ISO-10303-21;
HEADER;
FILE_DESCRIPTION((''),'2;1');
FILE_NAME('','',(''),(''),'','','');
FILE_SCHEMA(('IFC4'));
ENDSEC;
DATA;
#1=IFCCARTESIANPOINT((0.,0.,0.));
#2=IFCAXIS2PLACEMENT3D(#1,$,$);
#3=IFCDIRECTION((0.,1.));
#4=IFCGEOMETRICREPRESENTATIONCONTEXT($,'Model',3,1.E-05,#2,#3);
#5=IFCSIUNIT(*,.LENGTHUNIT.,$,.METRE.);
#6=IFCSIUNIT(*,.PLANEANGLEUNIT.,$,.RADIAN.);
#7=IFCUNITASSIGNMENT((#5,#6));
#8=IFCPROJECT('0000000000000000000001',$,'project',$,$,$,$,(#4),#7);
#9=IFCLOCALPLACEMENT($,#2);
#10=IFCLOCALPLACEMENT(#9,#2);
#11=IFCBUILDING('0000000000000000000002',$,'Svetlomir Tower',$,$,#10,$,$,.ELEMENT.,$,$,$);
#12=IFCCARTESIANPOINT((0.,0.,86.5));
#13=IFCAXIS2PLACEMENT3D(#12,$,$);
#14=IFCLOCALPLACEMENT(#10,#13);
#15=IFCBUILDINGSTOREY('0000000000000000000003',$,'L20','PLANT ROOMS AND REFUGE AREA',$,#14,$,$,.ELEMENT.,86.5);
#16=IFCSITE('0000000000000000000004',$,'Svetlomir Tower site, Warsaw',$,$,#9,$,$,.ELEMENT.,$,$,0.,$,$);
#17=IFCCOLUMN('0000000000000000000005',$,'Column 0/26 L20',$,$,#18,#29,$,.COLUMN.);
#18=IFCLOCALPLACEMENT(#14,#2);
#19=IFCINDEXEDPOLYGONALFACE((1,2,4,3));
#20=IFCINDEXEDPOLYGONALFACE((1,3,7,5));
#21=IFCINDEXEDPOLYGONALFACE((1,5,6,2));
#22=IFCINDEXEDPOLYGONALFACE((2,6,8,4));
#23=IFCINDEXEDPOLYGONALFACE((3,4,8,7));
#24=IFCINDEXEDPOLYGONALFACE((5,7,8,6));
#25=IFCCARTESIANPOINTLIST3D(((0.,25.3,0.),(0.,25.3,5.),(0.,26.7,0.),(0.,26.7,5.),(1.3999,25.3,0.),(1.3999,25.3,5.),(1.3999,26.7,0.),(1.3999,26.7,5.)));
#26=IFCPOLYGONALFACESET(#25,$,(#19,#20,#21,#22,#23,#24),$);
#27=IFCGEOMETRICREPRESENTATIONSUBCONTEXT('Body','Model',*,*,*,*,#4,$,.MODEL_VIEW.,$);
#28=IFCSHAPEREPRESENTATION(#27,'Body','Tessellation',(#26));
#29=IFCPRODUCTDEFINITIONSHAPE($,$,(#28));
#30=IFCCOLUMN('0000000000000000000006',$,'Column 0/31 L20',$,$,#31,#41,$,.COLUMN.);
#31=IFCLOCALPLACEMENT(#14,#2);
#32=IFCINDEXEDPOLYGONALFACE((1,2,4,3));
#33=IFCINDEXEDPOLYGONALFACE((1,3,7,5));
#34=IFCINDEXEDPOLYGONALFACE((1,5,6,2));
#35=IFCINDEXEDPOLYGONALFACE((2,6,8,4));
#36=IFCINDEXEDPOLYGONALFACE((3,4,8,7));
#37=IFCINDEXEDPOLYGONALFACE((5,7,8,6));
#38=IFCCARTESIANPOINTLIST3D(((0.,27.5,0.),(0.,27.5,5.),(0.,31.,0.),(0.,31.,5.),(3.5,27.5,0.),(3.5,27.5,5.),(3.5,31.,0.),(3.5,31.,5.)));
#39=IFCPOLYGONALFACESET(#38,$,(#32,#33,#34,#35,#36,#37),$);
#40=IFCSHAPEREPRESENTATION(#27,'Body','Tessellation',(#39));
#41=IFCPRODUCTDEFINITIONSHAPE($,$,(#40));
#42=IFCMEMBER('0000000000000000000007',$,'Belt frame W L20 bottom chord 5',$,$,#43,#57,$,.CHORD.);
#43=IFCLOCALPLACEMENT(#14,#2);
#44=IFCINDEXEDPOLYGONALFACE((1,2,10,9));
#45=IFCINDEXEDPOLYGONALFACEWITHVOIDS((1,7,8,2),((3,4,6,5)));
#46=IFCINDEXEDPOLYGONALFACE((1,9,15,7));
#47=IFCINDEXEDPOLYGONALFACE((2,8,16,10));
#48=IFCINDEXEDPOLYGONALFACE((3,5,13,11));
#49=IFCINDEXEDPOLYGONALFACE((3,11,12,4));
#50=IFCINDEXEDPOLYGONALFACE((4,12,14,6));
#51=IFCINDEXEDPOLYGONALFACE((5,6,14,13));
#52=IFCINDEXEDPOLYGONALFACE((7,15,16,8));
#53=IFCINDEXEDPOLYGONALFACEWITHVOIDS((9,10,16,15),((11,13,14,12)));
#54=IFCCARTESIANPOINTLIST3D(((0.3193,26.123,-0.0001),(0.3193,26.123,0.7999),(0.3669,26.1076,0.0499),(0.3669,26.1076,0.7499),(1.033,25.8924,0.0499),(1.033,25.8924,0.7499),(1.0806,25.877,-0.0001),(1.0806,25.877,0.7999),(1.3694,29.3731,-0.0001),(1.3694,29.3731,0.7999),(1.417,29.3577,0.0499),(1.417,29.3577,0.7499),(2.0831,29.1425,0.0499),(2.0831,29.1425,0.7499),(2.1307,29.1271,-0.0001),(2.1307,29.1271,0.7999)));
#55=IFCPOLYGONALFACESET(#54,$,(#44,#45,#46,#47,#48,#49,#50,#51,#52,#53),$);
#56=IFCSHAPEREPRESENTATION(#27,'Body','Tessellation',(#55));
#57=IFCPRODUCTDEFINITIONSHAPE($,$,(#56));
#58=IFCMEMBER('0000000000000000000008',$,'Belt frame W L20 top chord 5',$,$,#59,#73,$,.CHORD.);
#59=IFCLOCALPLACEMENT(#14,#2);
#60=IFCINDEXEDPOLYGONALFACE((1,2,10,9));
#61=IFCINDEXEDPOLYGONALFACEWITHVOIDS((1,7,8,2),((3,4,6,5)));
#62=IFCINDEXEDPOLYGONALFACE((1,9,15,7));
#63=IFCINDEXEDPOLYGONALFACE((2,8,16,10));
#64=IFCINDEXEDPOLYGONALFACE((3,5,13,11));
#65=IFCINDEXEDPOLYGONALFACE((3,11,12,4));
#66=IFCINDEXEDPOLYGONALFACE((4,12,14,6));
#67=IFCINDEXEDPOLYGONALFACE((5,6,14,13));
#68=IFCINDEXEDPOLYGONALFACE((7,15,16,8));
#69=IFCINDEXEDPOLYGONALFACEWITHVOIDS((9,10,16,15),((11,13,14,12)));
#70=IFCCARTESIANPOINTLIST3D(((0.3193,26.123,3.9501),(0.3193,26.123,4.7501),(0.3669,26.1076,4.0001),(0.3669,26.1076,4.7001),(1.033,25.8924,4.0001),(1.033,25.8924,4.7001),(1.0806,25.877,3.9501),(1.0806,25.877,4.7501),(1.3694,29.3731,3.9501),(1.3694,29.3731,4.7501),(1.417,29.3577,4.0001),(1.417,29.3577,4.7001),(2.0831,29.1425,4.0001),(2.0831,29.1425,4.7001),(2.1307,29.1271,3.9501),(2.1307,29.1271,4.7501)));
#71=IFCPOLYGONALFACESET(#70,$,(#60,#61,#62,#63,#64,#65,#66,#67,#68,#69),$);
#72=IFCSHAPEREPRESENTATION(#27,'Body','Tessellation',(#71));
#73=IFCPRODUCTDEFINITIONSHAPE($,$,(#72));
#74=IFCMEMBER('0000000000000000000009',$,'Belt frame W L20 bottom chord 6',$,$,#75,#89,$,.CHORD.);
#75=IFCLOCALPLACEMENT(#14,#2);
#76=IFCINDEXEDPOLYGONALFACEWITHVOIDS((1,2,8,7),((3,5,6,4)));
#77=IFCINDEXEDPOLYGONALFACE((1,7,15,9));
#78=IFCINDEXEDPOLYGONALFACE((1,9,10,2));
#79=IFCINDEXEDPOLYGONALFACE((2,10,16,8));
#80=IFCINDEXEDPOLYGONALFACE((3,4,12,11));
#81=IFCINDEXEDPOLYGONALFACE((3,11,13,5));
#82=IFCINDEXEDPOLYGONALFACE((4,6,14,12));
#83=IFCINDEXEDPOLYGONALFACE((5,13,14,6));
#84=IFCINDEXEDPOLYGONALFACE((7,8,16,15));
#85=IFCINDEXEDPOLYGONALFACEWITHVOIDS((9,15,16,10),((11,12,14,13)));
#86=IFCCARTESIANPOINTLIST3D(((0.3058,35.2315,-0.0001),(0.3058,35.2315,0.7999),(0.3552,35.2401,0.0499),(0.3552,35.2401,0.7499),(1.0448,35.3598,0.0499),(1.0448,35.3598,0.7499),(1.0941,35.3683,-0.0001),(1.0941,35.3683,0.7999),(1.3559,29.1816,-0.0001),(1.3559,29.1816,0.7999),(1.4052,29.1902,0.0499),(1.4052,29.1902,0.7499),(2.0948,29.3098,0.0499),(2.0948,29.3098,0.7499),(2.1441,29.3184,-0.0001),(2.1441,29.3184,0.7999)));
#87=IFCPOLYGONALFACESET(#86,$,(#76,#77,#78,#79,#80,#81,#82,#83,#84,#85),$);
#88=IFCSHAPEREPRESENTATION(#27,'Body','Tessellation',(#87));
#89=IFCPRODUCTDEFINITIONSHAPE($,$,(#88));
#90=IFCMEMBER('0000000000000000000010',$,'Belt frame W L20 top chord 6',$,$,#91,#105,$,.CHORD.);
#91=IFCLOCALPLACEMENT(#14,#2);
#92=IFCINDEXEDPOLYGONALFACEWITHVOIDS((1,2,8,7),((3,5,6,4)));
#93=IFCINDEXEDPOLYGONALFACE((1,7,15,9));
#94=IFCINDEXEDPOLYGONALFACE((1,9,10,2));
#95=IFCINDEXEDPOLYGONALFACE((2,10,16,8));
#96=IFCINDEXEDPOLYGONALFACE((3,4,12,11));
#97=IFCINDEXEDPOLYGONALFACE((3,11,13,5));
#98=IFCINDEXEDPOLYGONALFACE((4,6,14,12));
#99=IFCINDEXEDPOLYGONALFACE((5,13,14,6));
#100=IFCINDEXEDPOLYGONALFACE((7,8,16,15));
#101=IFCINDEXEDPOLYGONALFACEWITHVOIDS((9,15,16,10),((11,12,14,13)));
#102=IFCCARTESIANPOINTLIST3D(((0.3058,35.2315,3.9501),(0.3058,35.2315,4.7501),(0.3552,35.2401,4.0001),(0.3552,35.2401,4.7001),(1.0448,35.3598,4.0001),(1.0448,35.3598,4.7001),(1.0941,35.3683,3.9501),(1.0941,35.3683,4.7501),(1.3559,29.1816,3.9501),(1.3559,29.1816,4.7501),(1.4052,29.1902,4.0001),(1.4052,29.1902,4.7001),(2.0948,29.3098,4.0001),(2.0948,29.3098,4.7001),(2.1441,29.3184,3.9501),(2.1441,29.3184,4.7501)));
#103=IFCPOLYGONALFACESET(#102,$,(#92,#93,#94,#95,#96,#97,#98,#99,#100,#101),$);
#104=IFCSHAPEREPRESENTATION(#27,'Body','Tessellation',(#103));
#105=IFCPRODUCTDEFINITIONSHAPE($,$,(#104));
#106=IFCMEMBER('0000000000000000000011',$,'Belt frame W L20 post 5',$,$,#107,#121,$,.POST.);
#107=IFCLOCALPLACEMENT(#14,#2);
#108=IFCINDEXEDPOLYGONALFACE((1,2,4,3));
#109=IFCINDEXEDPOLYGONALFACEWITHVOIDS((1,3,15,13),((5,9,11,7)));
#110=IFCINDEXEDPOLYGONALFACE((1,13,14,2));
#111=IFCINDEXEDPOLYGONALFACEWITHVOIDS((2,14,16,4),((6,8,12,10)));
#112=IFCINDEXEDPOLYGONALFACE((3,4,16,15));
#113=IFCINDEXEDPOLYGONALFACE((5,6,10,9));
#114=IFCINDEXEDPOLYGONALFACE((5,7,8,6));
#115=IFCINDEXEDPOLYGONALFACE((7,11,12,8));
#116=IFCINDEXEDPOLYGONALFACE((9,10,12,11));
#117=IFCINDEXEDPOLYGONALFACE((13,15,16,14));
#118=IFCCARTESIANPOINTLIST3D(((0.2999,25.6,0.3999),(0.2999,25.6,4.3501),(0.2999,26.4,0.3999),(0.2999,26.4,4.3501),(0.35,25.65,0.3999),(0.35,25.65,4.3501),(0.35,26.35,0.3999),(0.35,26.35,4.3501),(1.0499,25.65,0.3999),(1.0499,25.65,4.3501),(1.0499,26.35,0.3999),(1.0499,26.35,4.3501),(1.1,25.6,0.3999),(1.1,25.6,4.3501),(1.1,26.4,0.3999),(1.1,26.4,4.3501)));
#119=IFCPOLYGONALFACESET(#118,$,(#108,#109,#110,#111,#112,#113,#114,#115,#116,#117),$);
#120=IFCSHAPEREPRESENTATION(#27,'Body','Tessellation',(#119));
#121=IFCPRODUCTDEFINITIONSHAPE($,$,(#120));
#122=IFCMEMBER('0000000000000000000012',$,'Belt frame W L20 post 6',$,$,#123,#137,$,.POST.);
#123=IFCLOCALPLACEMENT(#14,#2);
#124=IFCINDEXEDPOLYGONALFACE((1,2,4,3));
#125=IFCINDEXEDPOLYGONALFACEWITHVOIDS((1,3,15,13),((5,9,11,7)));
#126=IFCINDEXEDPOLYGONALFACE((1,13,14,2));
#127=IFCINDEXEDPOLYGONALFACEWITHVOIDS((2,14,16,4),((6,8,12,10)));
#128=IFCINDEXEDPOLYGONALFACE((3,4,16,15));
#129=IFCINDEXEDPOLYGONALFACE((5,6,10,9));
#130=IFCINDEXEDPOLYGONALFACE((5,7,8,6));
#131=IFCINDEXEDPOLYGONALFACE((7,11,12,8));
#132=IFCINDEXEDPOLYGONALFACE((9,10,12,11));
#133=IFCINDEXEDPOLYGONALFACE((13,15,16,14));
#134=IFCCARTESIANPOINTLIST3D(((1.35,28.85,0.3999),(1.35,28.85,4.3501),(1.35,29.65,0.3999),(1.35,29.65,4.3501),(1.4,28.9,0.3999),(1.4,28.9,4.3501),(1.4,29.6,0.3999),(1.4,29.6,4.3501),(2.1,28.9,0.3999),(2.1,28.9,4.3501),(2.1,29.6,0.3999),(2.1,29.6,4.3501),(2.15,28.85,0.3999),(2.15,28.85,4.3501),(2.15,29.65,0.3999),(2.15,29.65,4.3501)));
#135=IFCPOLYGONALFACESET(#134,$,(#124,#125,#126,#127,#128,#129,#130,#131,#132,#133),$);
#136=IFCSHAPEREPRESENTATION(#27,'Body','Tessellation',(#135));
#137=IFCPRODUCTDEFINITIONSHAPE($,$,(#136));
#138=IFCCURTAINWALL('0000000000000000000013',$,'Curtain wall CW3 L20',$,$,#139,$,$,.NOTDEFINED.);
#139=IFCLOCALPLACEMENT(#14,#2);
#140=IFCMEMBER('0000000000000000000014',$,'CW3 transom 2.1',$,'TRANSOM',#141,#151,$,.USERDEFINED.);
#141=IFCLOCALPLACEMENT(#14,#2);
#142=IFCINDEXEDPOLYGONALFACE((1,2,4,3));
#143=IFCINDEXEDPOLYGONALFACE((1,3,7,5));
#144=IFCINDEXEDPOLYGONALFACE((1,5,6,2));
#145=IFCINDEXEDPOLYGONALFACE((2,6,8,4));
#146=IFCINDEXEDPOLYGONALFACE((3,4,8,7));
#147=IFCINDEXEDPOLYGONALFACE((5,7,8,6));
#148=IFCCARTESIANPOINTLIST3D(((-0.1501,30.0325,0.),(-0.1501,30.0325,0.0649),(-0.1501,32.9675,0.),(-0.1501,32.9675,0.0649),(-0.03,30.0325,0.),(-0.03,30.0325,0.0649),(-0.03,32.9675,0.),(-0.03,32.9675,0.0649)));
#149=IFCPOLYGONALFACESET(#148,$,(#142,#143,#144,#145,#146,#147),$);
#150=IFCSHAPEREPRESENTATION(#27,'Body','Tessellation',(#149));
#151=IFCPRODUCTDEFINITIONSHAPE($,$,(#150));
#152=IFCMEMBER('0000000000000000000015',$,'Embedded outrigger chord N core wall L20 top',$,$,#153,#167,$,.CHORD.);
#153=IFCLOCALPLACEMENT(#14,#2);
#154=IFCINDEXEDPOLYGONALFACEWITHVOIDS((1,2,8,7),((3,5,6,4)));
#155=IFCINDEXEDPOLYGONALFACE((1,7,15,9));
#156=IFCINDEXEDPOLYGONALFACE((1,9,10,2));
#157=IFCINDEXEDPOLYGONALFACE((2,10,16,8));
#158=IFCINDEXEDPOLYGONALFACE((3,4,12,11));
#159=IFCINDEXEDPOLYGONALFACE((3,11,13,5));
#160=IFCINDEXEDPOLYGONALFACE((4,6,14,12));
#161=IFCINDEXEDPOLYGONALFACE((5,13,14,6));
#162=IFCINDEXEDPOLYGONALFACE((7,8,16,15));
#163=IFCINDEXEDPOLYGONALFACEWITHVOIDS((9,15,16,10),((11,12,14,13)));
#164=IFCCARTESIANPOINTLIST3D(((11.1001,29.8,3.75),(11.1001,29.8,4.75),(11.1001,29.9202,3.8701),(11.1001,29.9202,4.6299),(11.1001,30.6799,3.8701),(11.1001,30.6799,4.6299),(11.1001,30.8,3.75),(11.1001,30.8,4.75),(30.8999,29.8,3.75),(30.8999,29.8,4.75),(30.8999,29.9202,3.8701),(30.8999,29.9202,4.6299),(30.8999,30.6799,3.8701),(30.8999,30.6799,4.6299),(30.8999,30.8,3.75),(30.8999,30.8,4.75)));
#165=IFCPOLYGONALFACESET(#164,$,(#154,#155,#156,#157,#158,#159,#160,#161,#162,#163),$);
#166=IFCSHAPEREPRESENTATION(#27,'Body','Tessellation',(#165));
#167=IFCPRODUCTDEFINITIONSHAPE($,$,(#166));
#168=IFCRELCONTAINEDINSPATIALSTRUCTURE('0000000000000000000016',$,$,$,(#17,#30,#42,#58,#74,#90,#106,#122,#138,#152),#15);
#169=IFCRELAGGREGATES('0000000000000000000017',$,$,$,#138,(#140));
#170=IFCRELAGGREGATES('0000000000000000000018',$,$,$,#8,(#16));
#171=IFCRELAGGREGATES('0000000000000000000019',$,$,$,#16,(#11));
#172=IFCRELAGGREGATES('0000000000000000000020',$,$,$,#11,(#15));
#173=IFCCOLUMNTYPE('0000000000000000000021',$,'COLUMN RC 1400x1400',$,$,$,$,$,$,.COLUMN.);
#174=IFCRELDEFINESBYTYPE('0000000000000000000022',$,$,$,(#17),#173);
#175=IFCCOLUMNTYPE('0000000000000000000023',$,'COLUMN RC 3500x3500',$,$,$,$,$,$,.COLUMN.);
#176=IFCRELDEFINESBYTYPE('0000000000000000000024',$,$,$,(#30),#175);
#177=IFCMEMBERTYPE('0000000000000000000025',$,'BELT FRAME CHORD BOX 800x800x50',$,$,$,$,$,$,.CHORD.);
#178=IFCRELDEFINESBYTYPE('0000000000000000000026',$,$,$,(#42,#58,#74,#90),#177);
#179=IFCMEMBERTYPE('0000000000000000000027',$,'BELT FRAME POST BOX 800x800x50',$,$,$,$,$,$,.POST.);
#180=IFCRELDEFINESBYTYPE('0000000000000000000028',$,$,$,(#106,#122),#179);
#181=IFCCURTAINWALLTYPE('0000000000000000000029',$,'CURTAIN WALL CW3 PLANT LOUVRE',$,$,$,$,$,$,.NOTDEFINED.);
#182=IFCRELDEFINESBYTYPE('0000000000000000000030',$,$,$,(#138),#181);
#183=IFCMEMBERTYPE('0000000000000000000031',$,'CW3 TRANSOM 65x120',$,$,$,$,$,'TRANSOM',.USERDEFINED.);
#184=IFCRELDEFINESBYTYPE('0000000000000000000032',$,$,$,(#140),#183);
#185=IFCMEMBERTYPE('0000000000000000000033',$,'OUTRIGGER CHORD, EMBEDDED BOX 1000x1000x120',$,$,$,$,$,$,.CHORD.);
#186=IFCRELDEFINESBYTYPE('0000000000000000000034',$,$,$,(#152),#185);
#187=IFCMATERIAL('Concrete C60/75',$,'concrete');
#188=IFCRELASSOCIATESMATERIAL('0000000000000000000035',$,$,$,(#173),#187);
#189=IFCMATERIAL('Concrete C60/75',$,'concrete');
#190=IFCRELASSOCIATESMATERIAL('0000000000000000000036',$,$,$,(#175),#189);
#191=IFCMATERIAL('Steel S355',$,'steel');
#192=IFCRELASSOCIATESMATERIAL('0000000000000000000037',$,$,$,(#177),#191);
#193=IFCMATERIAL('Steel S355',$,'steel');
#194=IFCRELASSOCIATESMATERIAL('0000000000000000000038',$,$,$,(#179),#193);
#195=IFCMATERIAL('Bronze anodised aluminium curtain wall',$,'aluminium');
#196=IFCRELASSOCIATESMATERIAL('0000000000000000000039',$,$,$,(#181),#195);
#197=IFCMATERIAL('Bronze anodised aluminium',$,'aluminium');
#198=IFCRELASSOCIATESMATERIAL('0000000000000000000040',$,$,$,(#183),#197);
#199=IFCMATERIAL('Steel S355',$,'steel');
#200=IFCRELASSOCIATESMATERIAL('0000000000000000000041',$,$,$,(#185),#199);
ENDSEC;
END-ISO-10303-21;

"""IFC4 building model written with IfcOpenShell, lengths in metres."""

from ifc_helpers import new_model, si_unit, direction, frame, origin, origin_2d, place, context, subcontext, project, spatial, rectangle, hollow_rectangle, extrude, material, material_profile, profile_set, type_object, element, aggregate, save


model = new_model("IFC4")

# Units and contexts
model_context = context("Model", 3, precision=1e-05, world=origin(), true_north=direction((0.0, 1.0)))
body_context = subcontext(model_context, "Body", "Model", "MODEL_VIEW")
ifc_project = project(units=[si_unit("LENGTHUNIT", "METRE"), si_unit("PLANEANGLEUNIT", "RADIAN")], contexts=[model_context])

# Site, building, storey
site_placement = place(None, origin())
site = spatial("IfcSite", under=ifc_project, at=site_placement, Name="Svetlomir Tower site, Warsaw", CompositionType="ELEMENT", RefElevation=0.0)
building_placement = place(site_placement, origin())
building = spatial("IfcBuilding", under=site, at=building_placement, Name="Svetlomir Tower", CompositionType="ELEMENT")
storey_placement = place(building_placement, frame((0.0, 0.0, 86.5)))
storey = spatial("IfcBuildingStorey", under=building, at=storey_placement, Name="L20", Description="PLANT ROOMS AND REFUGE AREA", CompositionType="ELEMENT", Elevation=86.5)

# Columns
ifc_material_1 = material(Name="Concrete C60/75", Category="concrete")
ifc_material_profile_1 = material_profile(ifc_material_1, rectangle(XDim=1.3999, YDim=1.3999, at=origin_2d()), Name="RC 1400x1400")
ifc_profile_set_1 = profile_set([ifc_material_profile_1], Name="Concrete C60/75")
column_type_1 = type_object("IfcColumnType", Name="COLUMN RC 1400x1400", PredefinedType="COLUMN", material=ifc_profile_set_1)
column_1_placement = place(storey_placement, frame((0.7, 26.0, 0.0), z_axis=(0.0, 0.0, 1.0), x_axis=(1.0, 0.0, 0.0)))
element("IfcColumn", 1, at=column_1_placement, inside=storey, type_object=column_type_1, Name="Column 0/26 L20", PredefinedType="COLUMN", context=body_context, shape_type="SweptSolid", body=[
    extrude(rectangle(XDim=1.3999, YDim=1.3999, at=origin_2d()), origin(), (0.0, 0.0, 1.0), 5.0),
])
ifc_material_2 = material(Name="Concrete C60/75", Category="concrete")
ifc_material_profile_2 = material_profile(ifc_material_2, rectangle(XDim=3.5, YDim=3.5, at=origin_2d()), Name="RC 3500x3500")
ifc_profile_set_2 = profile_set([ifc_material_profile_2], Name="Concrete C60/75")
column_type_2 = type_object("IfcColumnType", Name="COLUMN RC 3500x3500", PredefinedType="COLUMN", material=ifc_profile_set_2)
column_2_placement = place(storey_placement, frame((1.75, 29.25, 0.0), z_axis=(0.0, 0.0, 1.0), x_axis=(1.0, 0.0, 0.0)))
element("IfcColumn", 2, at=column_2_placement, inside=storey, type_object=column_type_2, Name="Column 0/31 L20", PredefinedType="COLUMN", context=body_context, shape_type="SweptSolid", body=[
    extrude(rectangle(XDim=3.5, YDim=3.5, at=origin_2d()), origin(), (0.0, 0.0, 1.0), 5.0),
])

# Members
ifc_material_3 = material(Name="Steel S355", Category="steel")
ifc_material_profile_3 = material_profile(ifc_material_3, hollow_rectangle(XDim=0.8, YDim=0.8, WallThickness=0.05, at=origin_2d()), Name="BOX 800x800x50")
ifc_profile_set_3 = profile_set([ifc_material_profile_3], Name="Steel S355")
member_type_1 = type_object("IfcMemberType", Name="BELT FRAME CHORD BOX 800x800x50", PredefinedType="CHORD", material=ifc_profile_set_3)
for number, where, z_axis, x_axis, name in (
    (3, (0.7, 26.0, 0.3999), (0.307443, 0.951566, 0.0), (-0.951566, 0.307443, 0.0), "Belt frame W L20 bottom chord 5"),
    (4, (0.7, 26.0, 4.3501), (0.307443, 0.951566, 0.0), (-0.951566, 0.307443, 0.0), "Belt frame W L20 top chord 5"),
):
    element("IfcMember", number, at=place(storey_placement, frame(where, z_axis=z_axis, x_axis=x_axis)), inside=storey, type_object=member_type_1, Name=name, PredefinedType="CHORD", context=body_context, shape_type="SweptSolid", body=[
        extrude(hollow_rectangle(XDim=0.8, YDim=0.8, WallThickness=0.05, at=origin_2d()), origin(), (0.0, 0.0, 1.0), 3.4155),
    ])
for number, where, z_axis, x_axis, name in (
    (5, (1.75, 29.25, 0.3999), (-0.171004, 0.98527, 0.0), (-0.98527, -0.171004, 0.0), "Belt frame W L20 bottom chord 6"),
    (6, (1.75, 29.25, 4.3501), (-0.171004, 0.98527, 0.0), (-0.98527, -0.171004, 0.0), "Belt frame W L20 top chord 6"),
):
    element("IfcMember", number, at=place(storey_placement, frame(where, z_axis=z_axis, x_axis=x_axis)), inside=storey, type_object=member_type_1, Name=name, PredefinedType="CHORD", context=body_context, shape_type="SweptSolid", body=[
        extrude(hollow_rectangle(XDim=0.8, YDim=0.8, WallThickness=0.05, at=origin_2d()), origin(), (0.0, 0.0, 1.0), 6.1404),
    ])
ifc_material_4 = material(Name="Steel S355", Category="steel")
ifc_material_profile_4 = material_profile(ifc_material_4, hollow_rectangle(XDim=0.8, YDim=0.8, WallThickness=0.05, at=origin_2d()), Name="BOX 800x800x50")
ifc_profile_set_4 = profile_set([ifc_material_profile_4], Name="Steel S355")
member_type_2 = type_object("IfcMemberType", Name="BELT FRAME POST BOX 800x800x50", PredefinedType="POST", material=ifc_profile_set_4)
for number, where, z_axis, x_axis, name in (
    (7, (0.7, 26.0, 0.3999), (0.0, 0.0, 1.0), (1.0, 0.0, 0.0), "Belt frame W L20 post 5"),
    (8, (1.75, 29.25, 0.3999), (0.0, 0.0, 1.0), (1.0, 0.0, 0.0), "Belt frame W L20 post 6"),
):
    element("IfcMember", number, at=place(storey_placement, frame(where, z_axis=z_axis, x_axis=x_axis)), inside=storey, type_object=member_type_2, Name=name, PredefinedType="POST", context=body_context, shape_type="SweptSolid", body=[
        extrude(hollow_rectangle(XDim=0.8, YDim=0.8, WallThickness=0.05, at=origin_2d()), origin(), (0.0, 0.0, 1.0), 3.9502),
    ])

# Curtain wall, member
ifc_material_5 = material(Name="Bronze anodised aluminium curtain wall", Category="aluminium")
curtain_wall_type = type_object("IfcCurtainWallType", Name="CURTAIN WALL CW3 PLANT LOUVRE", PredefinedType="NOTDEFINED", material=ifc_material_5)
curtain_wall_placement = place(storey_placement, origin())
curtain_wall = element("IfcCurtainWall", 9, at=curtain_wall_placement, inside=storey, type_object=curtain_wall_type, Name="Curtain wall CW3 L20", PredefinedType="NOTDEFINED")
ifc_material_6 = material(Name="Bronze anodised aluminium", Category="aluminium")
ifc_material_profile_5 = material_profile(ifc_material_6, rectangle(XDim=0.1201, YDim=0.0649, at=origin_2d()), Name="AL 120x65")
ifc_profile_set_5 = profile_set([ifc_material_profile_5], Name="Bronze anodised aluminium 6063-T6")
member_type_3 = type_object("IfcMemberType", Name="CW3 TRANSOM 65x120", ElementType="TRANSOM", PredefinedType="USERDEFINED", material=ifc_profile_set_5)
member_1_placement = place(storey_placement, frame((-0.0901, 32.9675, 0.0325), z_axis=(0.0, -1.0, 0.0), x_axis=(1.0, 0.0, 0.0)))
member_1 = element("IfcMember", 10, at=member_1_placement, type_object=member_type_3, Name="CW3 transom 2.1", ObjectType="TRANSOM", PredefinedType="USERDEFINED", context=body_context, shape_type="SweptSolid", body=[
    extrude(rectangle(XDim=0.1201, YDim=0.0649, at=origin_2d()), origin(), (0.0, 0.0, 1.0), 2.9351),
])
aggregate(curtain_wall, [member_1])

# Member
ifc_material_7 = material(Name="Steel S355", Category="steel")
ifc_material_profile_6 = material_profile(ifc_material_7, hollow_rectangle(XDim=1.0, YDim=1.0, WallThickness=0.1201, at=origin_2d()), Name="BOX 1000x1000x120")
ifc_profile_set_6 = profile_set([ifc_material_profile_6], Name="Steel S355")
member_type_4 = type_object("IfcMemberType", Name="OUTRIGGER CHORD, EMBEDDED BOX 1000x1000x120", PredefinedType="CHORD", material=ifc_profile_set_6)
member_2_placement = place(storey_placement, frame((11.1001, 30.3, 4.25), z_axis=(1.0, 0.0, 0.0), x_axis=(0.0, 1.0, 0.0)))
element("IfcMember", 11, at=member_2_placement, inside=storey, type_object=member_type_4, Name="Embedded outrigger chord N core wall L20 top", PredefinedType="CHORD", context=body_context, shape_type="SweptSolid", body=[
    extrude(hollow_rectangle(XDim=1.0, YDim=1.0, WallThickness=0.1201, at=origin_2d()), origin(), (0.0, 0.0, 1.0), 19.7998),
])

save(model, "model.ifc")
